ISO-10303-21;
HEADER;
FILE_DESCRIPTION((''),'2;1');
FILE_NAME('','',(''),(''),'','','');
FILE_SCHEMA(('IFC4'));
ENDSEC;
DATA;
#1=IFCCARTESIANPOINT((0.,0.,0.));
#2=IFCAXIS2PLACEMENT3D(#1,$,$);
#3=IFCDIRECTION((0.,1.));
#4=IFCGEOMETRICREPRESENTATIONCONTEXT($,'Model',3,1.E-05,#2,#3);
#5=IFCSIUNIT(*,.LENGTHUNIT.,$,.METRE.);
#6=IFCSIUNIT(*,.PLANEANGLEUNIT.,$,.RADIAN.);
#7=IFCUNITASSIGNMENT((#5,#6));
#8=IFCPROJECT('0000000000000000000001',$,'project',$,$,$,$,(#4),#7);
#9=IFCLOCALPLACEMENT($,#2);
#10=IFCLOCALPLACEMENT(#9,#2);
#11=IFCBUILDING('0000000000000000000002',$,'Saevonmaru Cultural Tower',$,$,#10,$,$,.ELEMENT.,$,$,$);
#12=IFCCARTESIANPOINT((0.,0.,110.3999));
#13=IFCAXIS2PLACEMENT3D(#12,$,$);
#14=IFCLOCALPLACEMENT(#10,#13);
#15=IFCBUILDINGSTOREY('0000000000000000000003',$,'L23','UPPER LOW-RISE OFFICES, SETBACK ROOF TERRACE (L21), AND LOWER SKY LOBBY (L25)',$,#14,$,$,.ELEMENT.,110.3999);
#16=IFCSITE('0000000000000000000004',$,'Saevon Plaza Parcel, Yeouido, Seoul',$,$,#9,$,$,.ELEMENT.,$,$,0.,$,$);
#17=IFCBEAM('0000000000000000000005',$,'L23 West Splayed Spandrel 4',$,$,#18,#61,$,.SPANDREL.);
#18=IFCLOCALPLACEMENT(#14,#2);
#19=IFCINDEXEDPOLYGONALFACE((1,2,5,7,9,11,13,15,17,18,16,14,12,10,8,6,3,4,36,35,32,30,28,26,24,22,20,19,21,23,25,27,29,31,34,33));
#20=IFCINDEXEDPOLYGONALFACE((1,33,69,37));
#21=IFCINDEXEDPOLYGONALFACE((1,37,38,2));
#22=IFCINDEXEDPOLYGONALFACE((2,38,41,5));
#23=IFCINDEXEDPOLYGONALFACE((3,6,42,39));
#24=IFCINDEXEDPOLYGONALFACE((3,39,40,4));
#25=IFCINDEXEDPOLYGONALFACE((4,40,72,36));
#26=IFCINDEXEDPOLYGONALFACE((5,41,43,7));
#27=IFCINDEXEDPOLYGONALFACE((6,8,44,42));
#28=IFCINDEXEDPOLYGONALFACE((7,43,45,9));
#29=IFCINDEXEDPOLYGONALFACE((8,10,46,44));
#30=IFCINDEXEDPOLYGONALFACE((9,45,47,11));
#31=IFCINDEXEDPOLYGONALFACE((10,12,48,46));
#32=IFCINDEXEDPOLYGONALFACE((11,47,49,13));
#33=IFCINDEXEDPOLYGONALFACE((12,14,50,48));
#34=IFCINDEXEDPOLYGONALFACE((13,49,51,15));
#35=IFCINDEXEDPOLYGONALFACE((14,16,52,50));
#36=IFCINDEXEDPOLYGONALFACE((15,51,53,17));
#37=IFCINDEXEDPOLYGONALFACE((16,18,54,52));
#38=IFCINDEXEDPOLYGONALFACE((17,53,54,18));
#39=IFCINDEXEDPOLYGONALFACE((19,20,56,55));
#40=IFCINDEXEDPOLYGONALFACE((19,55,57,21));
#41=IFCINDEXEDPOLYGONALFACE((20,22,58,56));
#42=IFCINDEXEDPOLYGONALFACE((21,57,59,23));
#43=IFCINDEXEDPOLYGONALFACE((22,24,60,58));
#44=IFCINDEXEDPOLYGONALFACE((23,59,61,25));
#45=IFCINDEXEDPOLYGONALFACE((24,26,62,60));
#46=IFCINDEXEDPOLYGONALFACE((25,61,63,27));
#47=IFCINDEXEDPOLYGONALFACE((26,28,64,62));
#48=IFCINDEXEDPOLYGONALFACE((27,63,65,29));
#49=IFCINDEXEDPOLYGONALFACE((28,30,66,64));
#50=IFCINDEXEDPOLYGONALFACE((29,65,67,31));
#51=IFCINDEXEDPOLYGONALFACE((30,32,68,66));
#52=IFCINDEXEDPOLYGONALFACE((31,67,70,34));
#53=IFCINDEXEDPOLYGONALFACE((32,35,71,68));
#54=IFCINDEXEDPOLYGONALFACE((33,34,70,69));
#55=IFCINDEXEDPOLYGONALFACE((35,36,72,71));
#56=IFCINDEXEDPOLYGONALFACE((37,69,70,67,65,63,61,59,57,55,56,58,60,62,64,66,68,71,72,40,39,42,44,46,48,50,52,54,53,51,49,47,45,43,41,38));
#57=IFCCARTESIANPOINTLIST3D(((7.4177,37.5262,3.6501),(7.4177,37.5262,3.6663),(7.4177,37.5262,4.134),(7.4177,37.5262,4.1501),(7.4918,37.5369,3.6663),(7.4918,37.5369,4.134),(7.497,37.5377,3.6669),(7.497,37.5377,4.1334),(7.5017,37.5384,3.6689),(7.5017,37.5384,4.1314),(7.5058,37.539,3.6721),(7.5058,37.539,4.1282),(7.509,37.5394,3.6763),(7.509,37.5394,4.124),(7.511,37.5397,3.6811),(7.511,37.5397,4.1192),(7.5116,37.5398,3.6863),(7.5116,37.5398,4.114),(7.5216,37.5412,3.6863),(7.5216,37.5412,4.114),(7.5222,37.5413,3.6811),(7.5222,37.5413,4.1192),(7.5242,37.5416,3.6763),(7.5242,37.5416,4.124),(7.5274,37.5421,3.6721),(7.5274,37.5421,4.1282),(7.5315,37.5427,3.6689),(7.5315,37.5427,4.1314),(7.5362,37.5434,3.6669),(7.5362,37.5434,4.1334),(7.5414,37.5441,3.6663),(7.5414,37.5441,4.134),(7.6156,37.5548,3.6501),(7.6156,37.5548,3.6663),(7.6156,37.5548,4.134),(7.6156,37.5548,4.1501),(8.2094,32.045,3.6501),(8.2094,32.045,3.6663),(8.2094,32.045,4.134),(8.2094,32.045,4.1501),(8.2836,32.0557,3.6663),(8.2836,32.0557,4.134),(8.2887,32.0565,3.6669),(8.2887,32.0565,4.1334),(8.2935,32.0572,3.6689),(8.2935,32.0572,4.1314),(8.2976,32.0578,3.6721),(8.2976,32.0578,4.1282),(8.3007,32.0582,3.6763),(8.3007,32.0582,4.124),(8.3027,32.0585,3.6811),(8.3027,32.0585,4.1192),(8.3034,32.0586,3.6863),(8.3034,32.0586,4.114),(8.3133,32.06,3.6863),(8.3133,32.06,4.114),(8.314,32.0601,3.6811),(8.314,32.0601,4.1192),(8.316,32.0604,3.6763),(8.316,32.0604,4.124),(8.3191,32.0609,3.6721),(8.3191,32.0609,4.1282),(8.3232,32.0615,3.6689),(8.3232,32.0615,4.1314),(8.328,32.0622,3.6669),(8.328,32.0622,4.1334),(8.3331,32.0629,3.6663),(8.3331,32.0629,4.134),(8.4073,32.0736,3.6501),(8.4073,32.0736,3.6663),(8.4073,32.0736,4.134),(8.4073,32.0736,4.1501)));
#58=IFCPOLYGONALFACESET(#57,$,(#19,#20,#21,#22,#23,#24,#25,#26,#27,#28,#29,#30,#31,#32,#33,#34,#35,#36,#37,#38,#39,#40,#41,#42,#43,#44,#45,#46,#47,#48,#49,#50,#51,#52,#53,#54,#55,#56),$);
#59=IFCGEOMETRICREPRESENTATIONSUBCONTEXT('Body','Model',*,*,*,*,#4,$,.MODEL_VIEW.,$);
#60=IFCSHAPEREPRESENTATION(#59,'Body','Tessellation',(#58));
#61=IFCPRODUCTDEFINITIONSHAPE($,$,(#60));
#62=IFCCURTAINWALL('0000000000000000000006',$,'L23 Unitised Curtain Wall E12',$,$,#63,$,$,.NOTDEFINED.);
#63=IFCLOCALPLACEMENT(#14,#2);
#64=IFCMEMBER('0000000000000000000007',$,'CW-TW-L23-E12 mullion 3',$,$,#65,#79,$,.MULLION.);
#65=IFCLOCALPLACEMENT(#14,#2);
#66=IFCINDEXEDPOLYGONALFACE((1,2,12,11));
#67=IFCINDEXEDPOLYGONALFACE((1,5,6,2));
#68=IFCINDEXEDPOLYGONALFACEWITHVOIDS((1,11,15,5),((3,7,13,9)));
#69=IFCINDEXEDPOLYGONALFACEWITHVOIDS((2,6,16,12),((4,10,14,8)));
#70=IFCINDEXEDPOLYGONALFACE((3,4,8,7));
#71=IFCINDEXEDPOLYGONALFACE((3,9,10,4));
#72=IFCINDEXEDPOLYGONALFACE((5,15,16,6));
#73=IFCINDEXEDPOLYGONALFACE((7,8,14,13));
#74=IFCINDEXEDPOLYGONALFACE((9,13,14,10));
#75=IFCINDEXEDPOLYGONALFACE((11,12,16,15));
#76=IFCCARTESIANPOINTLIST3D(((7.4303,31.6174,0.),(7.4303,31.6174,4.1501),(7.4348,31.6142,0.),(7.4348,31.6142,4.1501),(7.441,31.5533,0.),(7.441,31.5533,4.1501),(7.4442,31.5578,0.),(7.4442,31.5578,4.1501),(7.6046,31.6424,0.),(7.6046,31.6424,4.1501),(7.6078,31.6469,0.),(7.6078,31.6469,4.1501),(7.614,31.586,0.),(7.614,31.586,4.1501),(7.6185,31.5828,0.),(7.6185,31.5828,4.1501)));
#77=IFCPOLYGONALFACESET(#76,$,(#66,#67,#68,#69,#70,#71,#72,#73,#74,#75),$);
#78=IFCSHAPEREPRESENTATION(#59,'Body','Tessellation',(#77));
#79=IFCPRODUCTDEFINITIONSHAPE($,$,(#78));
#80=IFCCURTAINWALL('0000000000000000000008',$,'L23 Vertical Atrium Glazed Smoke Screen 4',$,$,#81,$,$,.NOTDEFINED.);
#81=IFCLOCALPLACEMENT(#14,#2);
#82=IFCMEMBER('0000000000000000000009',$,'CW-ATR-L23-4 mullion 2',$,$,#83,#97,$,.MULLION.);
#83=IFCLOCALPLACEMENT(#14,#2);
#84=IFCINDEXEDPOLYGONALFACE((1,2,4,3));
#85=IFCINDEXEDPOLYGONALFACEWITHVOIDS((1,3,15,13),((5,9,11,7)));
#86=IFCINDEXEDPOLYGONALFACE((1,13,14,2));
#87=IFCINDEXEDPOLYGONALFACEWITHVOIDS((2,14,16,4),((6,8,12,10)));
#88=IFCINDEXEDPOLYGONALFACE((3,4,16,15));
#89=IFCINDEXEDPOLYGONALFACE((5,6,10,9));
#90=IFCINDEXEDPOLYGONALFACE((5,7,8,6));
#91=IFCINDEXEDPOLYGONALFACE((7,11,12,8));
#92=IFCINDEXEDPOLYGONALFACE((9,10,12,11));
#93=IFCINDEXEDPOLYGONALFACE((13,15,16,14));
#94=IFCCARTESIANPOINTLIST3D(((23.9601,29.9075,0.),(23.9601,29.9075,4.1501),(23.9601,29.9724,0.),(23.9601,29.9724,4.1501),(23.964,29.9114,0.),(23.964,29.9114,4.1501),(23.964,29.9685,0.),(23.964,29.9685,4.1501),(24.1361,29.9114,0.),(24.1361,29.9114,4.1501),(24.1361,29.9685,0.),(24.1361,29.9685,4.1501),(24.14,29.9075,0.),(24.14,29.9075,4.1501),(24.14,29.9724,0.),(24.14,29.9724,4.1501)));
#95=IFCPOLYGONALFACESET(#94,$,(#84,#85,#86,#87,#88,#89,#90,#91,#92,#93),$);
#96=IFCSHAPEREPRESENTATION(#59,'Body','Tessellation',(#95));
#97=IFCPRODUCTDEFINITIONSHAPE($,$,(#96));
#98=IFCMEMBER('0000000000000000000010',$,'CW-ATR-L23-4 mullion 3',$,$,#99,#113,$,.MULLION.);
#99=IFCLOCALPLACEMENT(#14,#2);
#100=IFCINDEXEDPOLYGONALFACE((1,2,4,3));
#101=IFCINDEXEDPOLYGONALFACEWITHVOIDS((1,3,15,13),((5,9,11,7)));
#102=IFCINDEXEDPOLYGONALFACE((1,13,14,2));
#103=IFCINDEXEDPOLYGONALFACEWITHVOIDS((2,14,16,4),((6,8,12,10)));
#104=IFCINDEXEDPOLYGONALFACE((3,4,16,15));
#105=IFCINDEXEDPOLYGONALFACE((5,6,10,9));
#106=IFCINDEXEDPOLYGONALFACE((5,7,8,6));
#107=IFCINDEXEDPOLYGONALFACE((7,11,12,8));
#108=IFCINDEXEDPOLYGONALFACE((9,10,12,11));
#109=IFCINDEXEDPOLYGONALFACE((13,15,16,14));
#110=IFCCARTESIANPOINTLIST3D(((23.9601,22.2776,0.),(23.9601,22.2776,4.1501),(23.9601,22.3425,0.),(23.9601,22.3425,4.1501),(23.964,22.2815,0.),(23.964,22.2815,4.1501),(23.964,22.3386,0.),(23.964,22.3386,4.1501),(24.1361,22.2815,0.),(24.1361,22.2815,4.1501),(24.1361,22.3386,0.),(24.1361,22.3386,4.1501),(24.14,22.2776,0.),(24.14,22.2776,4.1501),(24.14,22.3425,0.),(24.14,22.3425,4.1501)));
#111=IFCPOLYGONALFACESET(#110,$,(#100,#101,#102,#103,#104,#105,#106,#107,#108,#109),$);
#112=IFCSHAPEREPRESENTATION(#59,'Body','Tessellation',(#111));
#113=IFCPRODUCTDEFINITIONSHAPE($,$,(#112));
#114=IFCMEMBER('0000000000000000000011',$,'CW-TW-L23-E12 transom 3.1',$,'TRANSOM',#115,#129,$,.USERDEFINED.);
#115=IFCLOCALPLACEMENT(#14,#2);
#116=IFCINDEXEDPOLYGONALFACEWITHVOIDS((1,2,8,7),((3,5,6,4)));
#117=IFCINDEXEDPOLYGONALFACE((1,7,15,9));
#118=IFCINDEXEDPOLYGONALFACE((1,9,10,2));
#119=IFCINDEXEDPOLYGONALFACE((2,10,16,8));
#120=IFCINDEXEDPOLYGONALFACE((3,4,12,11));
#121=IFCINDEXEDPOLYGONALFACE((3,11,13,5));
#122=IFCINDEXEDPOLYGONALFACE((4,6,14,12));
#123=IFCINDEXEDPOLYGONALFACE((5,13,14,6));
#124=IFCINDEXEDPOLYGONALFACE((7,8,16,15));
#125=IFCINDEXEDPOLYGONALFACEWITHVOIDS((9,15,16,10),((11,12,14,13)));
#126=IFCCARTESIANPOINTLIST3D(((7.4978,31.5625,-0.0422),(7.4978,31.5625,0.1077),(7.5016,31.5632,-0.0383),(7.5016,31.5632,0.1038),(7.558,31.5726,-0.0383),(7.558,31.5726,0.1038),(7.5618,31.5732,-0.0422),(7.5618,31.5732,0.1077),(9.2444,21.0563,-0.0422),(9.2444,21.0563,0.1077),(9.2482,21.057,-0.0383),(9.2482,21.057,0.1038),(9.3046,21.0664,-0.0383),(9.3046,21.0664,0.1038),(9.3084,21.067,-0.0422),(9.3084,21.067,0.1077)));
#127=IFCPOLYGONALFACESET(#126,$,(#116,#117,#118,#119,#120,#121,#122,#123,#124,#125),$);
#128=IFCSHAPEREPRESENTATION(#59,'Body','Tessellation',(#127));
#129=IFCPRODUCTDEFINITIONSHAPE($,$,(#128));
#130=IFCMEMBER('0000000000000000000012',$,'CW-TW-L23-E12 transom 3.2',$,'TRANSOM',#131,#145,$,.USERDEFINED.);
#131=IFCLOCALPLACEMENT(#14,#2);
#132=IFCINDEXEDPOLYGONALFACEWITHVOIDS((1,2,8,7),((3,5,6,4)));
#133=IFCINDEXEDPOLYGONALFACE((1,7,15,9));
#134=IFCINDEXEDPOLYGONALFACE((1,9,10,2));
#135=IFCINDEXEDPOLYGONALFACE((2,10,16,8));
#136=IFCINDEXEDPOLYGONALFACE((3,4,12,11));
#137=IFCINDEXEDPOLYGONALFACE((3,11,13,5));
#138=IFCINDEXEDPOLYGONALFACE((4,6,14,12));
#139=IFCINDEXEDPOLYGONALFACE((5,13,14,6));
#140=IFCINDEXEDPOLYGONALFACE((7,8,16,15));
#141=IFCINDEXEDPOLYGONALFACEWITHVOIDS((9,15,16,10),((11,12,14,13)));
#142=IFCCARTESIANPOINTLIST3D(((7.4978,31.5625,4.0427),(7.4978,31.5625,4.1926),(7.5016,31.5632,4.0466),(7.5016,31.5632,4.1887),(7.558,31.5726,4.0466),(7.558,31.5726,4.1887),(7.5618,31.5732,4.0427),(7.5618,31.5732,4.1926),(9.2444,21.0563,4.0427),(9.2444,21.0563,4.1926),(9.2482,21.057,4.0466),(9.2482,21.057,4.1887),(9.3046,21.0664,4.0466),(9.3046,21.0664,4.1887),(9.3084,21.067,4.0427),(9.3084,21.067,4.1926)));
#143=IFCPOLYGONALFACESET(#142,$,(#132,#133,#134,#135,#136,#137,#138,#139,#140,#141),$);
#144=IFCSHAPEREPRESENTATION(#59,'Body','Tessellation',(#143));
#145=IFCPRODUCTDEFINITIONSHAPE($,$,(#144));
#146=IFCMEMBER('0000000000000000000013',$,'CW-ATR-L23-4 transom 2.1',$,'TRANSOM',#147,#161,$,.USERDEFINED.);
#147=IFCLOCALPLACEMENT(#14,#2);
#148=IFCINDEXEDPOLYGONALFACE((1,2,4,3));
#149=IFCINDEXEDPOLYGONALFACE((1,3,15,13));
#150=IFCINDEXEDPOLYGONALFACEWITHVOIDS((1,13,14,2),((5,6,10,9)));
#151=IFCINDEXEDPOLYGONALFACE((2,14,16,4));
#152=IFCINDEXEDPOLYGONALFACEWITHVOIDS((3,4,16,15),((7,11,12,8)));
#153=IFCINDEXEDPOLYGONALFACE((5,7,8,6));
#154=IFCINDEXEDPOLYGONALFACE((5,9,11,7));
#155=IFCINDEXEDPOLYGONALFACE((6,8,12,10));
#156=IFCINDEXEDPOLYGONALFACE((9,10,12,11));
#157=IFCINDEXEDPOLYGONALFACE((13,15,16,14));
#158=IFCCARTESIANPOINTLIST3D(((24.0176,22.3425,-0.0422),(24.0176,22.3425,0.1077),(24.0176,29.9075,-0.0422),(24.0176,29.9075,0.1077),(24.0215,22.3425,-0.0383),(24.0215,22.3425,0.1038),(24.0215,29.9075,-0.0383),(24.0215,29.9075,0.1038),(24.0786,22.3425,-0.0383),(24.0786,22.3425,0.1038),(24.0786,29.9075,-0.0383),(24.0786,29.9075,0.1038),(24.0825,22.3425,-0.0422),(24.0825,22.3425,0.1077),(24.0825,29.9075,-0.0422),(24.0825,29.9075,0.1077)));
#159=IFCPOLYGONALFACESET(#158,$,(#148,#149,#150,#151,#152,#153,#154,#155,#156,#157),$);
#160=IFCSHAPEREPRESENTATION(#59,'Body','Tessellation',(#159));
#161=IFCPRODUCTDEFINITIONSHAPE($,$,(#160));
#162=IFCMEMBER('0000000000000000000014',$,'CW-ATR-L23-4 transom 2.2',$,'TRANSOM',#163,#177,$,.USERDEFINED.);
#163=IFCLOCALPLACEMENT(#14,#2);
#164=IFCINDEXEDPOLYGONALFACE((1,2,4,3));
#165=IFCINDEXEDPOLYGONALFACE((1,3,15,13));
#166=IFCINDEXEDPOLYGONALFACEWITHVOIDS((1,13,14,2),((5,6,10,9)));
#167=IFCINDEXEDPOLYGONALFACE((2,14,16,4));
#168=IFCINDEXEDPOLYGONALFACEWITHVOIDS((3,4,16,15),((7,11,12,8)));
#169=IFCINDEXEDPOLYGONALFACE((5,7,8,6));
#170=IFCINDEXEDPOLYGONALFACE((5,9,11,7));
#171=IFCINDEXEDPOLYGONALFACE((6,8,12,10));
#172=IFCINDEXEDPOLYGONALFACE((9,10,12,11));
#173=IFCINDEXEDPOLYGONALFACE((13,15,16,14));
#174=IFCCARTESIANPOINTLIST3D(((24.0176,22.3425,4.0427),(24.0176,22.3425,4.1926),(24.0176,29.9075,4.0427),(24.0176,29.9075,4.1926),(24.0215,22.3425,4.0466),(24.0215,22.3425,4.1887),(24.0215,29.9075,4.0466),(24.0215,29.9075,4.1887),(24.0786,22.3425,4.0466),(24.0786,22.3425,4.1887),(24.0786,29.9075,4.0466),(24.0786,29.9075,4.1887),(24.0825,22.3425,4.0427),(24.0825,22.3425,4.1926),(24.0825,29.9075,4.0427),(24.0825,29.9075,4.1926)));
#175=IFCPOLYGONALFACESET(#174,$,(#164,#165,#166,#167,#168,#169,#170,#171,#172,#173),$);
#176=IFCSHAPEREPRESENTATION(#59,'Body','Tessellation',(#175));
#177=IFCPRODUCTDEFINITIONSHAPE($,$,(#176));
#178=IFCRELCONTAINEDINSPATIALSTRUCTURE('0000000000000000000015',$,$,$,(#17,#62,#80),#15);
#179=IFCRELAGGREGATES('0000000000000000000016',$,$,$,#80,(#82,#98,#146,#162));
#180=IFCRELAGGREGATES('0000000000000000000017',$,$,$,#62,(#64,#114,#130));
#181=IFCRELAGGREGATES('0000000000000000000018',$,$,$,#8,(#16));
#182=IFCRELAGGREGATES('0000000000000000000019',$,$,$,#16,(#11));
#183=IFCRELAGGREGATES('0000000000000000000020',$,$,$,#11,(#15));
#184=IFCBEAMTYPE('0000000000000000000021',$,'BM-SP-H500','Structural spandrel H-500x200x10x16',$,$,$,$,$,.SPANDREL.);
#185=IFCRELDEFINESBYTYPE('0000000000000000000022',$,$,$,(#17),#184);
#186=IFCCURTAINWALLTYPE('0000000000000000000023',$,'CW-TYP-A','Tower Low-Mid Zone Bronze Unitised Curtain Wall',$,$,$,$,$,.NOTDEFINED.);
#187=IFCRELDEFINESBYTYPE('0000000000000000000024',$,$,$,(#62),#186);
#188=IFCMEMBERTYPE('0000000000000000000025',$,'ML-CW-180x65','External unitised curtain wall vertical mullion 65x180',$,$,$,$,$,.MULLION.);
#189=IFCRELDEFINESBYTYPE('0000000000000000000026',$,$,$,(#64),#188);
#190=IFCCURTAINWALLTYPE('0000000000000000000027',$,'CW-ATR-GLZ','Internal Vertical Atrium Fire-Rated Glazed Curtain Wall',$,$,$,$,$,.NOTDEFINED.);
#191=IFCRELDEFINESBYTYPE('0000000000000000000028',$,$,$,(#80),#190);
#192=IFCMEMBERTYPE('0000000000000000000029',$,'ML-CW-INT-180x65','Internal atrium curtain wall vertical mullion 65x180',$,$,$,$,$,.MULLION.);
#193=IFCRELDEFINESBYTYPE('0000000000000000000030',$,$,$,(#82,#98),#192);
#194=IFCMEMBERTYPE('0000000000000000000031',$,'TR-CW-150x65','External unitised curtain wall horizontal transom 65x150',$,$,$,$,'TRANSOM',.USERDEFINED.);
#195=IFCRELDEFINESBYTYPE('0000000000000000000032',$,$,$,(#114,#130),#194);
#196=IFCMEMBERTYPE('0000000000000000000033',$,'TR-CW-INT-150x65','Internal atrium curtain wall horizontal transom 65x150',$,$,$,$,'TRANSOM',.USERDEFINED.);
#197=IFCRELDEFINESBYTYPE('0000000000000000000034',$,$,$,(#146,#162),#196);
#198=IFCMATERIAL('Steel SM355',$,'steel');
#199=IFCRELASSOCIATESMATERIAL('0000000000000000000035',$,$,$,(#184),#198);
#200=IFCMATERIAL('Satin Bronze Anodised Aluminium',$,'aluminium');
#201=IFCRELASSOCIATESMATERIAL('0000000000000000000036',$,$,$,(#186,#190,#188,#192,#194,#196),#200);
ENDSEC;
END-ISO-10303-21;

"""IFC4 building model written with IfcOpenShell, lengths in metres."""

from ifc_helpers import new_model, si_unit, direction, frame, origin, origin_2d, place, context, subcontext, project, spatial, hollow_rectangle, i_section, extrude, material, material_profile, profile_set, type_object, element, aggregate, save


model = new_model("IFC4")

# Units and contexts
model_context = context("Model", 3, precision=1e-05, world=origin(), true_north=direction((0.0, 1.0)))
body_context = subcontext(model_context, "Body", "Model", "MODEL_VIEW")
ifc_project = project(units=[si_unit("LENGTHUNIT", "METRE"), si_unit("PLANEANGLEUNIT", "RADIAN")], contexts=[model_context])

# Site, building, storey
site_placement = place(None, origin())
site = spatial("IfcSite", under=ifc_project, at=site_placement, Name="Saevon Plaza Parcel, Yeouido, Seoul", CompositionType="ELEMENT", RefElevation=0.0)
building_placement = place(site_placement, origin())
building = spatial("IfcBuilding", under=site, at=building_placement, Name="Saevonmaru Cultural Tower", CompositionType="ELEMENT")
storey_placement = place(building_placement, frame((0.0, 0.0, 110.3999)))
storey = spatial("IfcBuildingStorey", under=building, at=storey_placement, Name="L23", Description="UPPER LOW-RISE OFFICES, SETBACK ROOF TERRACE (L21), AND LOWER SKY LOBBY (L25)", CompositionType="ELEMENT", Elevation=110.3999)

# Shared definitions
ifc_material_1 = material(Name="Steel SM355", Category="steel")

# Beam
ifc_material_profile_1 = material_profile(ifc_material_1, i_section(OverallWidth=0.2, OverallDepth=0.5, WebThickness=0.01, FlangeThickness=0.0161, FilletRadius=0.02, at=origin_2d()), Name="H-500x200x10x16")
ifc_profile_set_1 = profile_set([ifc_material_profile_1], Name="Steel SM355")
beam_type_1 = type_object("IfcBeamType", Name="BM-SP-H500", Description="Structural spandrel H-500x200x10x16", PredefinedType="SPANDREL", material=ifc_profile_set_1)
beam_1_placement = place(storey_placement, frame((8.3083, 32.0593, 3.9001), z_axis=(-0.142964, 0.989728, 0.0), x_axis=(-0.989728, -0.142964, 0.0)))
element("IfcBeam", 1, at=beam_1_placement, inside=storey, type_object=beam_type_1, Name="L23 West Splayed Spandrel 4", PredefinedType="SPANDREL", context=body_context, shape_type="SweptSolid", body=[
    extrude(i_section(OverallWidth=0.2, OverallDepth=0.5, WebThickness=0.01, FlangeThickness=0.0161, FilletRadius=0.02, at=origin_2d()), origin(), (0.0, 0.0, 1.0), 5.5381),
])

# Curtain wall, member
ifc_material_2 = material(Name="Satin Bronze Anodised Aluminium", Category="aluminium")
curtain_wall_type_1 = type_object("IfcCurtainWallType", Name="CW-TYP-A", Description="Tower Low-Mid Zone Bronze Unitised Curtain Wall", PredefinedType="NOTDEFINED", material=ifc_material_2)
curtain_wall_1_placement = place(storey_placement, origin())
curtain_wall_1 = element("IfcCurtainWall", 2, at=curtain_wall_1_placement, inside=storey, type_object=curtain_wall_type_1, Name="L23 Unitised Curtain Wall E12", PredefinedType="NOTDEFINED")
ifc_material_profile_2 = material_profile(ifc_material_2, hollow_rectangle(XDim=0.0649, YDim=0.1799, WallThickness=0.0039, at=origin_2d()), Name="ALU-MULL-180x65x4")
ifc_profile_set_2 = profile_set([ifc_material_profile_2], Name="Satin Bronze Anodised Aluminium")
member_type_1 = type_object("IfcMemberType", Name="ML-CW-180x65", Description="External unitised curtain wall vertical mullion 65x180", PredefinedType="MULLION", material=ifc_profile_set_2)
member_1_placement = place(storey_placement, frame((7.5244, 31.6001, 0.0), z_axis=(0.0, 0.0, 1.0), x_axis=(0.163999, -0.986461, 0.0)))
member_1 = element("IfcMember", 3, at=member_1_placement, type_object=member_type_1, Name="CW-TW-L23-E12 mullion 3", PredefinedType="MULLION", context=body_context, shape_type="SweptSolid", body=[
    extrude(hollow_rectangle(XDim=0.0649, YDim=0.1799, WallThickness=0.0039, at=origin_2d()), origin(), (0.0, 0.0, 1.0), 4.1501),
])

# Curtain wall, members
curtain_wall_type_2 = type_object("IfcCurtainWallType", Name="CW-ATR-GLZ", Description="Internal Vertical Atrium Fire-Rated Glazed Curtain Wall", PredefinedType="NOTDEFINED", material=ifc_material_2)
curtain_wall_2_placement = place(storey_placement, origin())
curtain_wall_2 = element("IfcCurtainWall", 4, at=curtain_wall_2_placement, inside=storey, type_object=curtain_wall_type_2, Name="L23 Vertical Atrium Glazed Smoke Screen 4", PredefinedType="NOTDEFINED")
ifc_material_profile_3 = material_profile(ifc_material_2, hollow_rectangle(XDim=0.0649, YDim=0.1799, WallThickness=0.0039, at=origin_2d()), Name="ALU-MULL-180x65x4")
ifc_profile_set_3 = profile_set([ifc_material_profile_3], Name="Satin Bronze Anodised Aluminium")
member_type_2 = type_object("IfcMemberType", Name="ML-CW-INT-180x65", Description="Internal atrium curtain wall vertical mullion 65x180", PredefinedType="MULLION", material=ifc_profile_set_3)
member_2_placement = place(storey_placement, frame((24.05, 29.9399, 0.0), z_axis=(0.0, 0.0, 1.0), x_axis=(0.0, -1.0, 0.0)))
member_2 = element("IfcMember", 5, at=member_2_placement, type_object=member_type_2, Name="CW-ATR-L23-4 mullion 2", PredefinedType="MULLION", context=body_context, shape_type="SweptSolid", body=[
    extrude(hollow_rectangle(XDim=0.0649, YDim=0.1799, WallThickness=0.0039, at=origin_2d()), origin(), (0.0, 0.0, 1.0), 4.1501),
])
member_3_placement = place(storey_placement, frame((24.05, 22.3101, 0.0), z_axis=(0.0, 0.0, 1.0), x_axis=(0.0, -1.0, 0.0)))
member_3 = element("IfcMember", 6, at=member_3_placement, type_object=member_type_2, Name="CW-ATR-L23-4 mullion 3", PredefinedType="MULLION", context=body_context, shape_type="SweptSolid", body=[
    extrude(hollow_rectangle(XDim=0.0649, YDim=0.1799, WallThickness=0.0039, at=origin_2d()), origin(), (0.0, 0.0, 1.0), 4.1501),
])

# Members
ifc_material_profile_4 = material_profile(ifc_material_2, hollow_rectangle(XDim=0.0649, YDim=0.1499, WallThickness=0.0039, at=origin_2d()), Name="ALU-TRAN-150x65x4")
ifc_profile_set_4 = profile_set([ifc_material_profile_4], Name="Satin Bronze Anodised Aluminium")
member_type_3 = type_object("IfcMemberType", Name="TR-CW-150x65", Description="External unitised curtain wall horizontal transom 65x150", ElementType="TRANSOM", PredefinedType="USERDEFINED", material=ifc_profile_set_4)
member_4_placement = place(storey_placement, frame((7.5298, 31.5679, 0.0327), z_axis=(0.163994, -0.986461, 0.0), x_axis=(0.986461, 0.163994, 0.0)))
member_4 = element("IfcMember", 7, at=member_4_placement, type_object=member_type_3, Name="CW-TW-L23-E12 transom 3.1", ObjectType="TRANSOM", PredefinedType="USERDEFINED", context=body_context, shape_type="SweptSolid", body=[
    extrude(hollow_rectangle(XDim=0.0649, YDim=0.1499, WallThickness=0.0039, at=origin_2d()), origin(), (0.0, 0.0, 1.0), 10.6504),
])
member_5_placement = place(storey_placement, frame((7.5298, 31.5679, 4.1177), z_axis=(0.163994, -0.986461, 0.0), x_axis=(0.986461, 0.163994, 0.0)))
member_5 = element("IfcMember", 8, at=member_5_placement, type_object=member_type_3, Name="CW-TW-L23-E12 transom 3.2", ObjectType="TRANSOM", PredefinedType="USERDEFINED", context=body_context, shape_type="SweptSolid", body=[
    extrude(hollow_rectangle(XDim=0.0649, YDim=0.1499, WallThickness=0.0039, at=origin_2d()), origin(), (0.0, 0.0, 1.0), 10.6504),
])
ifc_material_profile_5 = material_profile(ifc_material_2, hollow_rectangle(XDim=0.0649, YDim=0.1499, WallThickness=0.0039, at=origin_2d()), Name="ALU-TRAN-150x65x4")
ifc_profile_set_5 = profile_set([ifc_material_profile_5], Name="Satin Bronze Anodised Aluminium")
member_type_4 = type_object("IfcMemberType", Name="TR-CW-INT-150x65", Description="Internal atrium curtain wall horizontal transom 65x150", ElementType="TRANSOM", PredefinedType="USERDEFINED", material=ifc_profile_set_5)
member_6_placement = place(storey_placement, frame((24.05, 29.9075, 0.0327), z_axis=(0.0, -1.0, 0.0), x_axis=(1.0, 0.0, 0.0)))
member_6 = element("IfcMember", 9, at=member_6_placement, type_object=member_type_4, Name="CW-ATR-L23-4 transom 2.1", ObjectType="TRANSOM", PredefinedType="USERDEFINED", context=body_context, shape_type="SweptSolid", body=[
    extrude(hollow_rectangle(XDim=0.0649, YDim=0.1499, WallThickness=0.0039, at=origin_2d()), origin(), (0.0, 0.0, 1.0), 7.5649),
])
member_7_placement = place(storey_placement, frame((24.05, 29.9075, 4.1177), z_axis=(0.0, -1.0, 0.0), x_axis=(1.0, 0.0, 0.0)))
member_7 = element("IfcMember", 10, at=member_7_placement, type_object=member_type_4, Name="CW-ATR-L23-4 transom 2.2", ObjectType="TRANSOM", PredefinedType="USERDEFINED", context=body_context, shape_type="SweptSolid", body=[
    extrude(hollow_rectangle(XDim=0.0649, YDim=0.1499, WallThickness=0.0039, at=origin_2d()), origin(), (0.0, 0.0, 1.0), 7.5649),
])

aggregate(curtain_wall_2, [member_2, member_3, member_6, member_7])
aggregate(curtain_wall_1, [member_1, member_4, member_5])

save(model, "model.ifc")
